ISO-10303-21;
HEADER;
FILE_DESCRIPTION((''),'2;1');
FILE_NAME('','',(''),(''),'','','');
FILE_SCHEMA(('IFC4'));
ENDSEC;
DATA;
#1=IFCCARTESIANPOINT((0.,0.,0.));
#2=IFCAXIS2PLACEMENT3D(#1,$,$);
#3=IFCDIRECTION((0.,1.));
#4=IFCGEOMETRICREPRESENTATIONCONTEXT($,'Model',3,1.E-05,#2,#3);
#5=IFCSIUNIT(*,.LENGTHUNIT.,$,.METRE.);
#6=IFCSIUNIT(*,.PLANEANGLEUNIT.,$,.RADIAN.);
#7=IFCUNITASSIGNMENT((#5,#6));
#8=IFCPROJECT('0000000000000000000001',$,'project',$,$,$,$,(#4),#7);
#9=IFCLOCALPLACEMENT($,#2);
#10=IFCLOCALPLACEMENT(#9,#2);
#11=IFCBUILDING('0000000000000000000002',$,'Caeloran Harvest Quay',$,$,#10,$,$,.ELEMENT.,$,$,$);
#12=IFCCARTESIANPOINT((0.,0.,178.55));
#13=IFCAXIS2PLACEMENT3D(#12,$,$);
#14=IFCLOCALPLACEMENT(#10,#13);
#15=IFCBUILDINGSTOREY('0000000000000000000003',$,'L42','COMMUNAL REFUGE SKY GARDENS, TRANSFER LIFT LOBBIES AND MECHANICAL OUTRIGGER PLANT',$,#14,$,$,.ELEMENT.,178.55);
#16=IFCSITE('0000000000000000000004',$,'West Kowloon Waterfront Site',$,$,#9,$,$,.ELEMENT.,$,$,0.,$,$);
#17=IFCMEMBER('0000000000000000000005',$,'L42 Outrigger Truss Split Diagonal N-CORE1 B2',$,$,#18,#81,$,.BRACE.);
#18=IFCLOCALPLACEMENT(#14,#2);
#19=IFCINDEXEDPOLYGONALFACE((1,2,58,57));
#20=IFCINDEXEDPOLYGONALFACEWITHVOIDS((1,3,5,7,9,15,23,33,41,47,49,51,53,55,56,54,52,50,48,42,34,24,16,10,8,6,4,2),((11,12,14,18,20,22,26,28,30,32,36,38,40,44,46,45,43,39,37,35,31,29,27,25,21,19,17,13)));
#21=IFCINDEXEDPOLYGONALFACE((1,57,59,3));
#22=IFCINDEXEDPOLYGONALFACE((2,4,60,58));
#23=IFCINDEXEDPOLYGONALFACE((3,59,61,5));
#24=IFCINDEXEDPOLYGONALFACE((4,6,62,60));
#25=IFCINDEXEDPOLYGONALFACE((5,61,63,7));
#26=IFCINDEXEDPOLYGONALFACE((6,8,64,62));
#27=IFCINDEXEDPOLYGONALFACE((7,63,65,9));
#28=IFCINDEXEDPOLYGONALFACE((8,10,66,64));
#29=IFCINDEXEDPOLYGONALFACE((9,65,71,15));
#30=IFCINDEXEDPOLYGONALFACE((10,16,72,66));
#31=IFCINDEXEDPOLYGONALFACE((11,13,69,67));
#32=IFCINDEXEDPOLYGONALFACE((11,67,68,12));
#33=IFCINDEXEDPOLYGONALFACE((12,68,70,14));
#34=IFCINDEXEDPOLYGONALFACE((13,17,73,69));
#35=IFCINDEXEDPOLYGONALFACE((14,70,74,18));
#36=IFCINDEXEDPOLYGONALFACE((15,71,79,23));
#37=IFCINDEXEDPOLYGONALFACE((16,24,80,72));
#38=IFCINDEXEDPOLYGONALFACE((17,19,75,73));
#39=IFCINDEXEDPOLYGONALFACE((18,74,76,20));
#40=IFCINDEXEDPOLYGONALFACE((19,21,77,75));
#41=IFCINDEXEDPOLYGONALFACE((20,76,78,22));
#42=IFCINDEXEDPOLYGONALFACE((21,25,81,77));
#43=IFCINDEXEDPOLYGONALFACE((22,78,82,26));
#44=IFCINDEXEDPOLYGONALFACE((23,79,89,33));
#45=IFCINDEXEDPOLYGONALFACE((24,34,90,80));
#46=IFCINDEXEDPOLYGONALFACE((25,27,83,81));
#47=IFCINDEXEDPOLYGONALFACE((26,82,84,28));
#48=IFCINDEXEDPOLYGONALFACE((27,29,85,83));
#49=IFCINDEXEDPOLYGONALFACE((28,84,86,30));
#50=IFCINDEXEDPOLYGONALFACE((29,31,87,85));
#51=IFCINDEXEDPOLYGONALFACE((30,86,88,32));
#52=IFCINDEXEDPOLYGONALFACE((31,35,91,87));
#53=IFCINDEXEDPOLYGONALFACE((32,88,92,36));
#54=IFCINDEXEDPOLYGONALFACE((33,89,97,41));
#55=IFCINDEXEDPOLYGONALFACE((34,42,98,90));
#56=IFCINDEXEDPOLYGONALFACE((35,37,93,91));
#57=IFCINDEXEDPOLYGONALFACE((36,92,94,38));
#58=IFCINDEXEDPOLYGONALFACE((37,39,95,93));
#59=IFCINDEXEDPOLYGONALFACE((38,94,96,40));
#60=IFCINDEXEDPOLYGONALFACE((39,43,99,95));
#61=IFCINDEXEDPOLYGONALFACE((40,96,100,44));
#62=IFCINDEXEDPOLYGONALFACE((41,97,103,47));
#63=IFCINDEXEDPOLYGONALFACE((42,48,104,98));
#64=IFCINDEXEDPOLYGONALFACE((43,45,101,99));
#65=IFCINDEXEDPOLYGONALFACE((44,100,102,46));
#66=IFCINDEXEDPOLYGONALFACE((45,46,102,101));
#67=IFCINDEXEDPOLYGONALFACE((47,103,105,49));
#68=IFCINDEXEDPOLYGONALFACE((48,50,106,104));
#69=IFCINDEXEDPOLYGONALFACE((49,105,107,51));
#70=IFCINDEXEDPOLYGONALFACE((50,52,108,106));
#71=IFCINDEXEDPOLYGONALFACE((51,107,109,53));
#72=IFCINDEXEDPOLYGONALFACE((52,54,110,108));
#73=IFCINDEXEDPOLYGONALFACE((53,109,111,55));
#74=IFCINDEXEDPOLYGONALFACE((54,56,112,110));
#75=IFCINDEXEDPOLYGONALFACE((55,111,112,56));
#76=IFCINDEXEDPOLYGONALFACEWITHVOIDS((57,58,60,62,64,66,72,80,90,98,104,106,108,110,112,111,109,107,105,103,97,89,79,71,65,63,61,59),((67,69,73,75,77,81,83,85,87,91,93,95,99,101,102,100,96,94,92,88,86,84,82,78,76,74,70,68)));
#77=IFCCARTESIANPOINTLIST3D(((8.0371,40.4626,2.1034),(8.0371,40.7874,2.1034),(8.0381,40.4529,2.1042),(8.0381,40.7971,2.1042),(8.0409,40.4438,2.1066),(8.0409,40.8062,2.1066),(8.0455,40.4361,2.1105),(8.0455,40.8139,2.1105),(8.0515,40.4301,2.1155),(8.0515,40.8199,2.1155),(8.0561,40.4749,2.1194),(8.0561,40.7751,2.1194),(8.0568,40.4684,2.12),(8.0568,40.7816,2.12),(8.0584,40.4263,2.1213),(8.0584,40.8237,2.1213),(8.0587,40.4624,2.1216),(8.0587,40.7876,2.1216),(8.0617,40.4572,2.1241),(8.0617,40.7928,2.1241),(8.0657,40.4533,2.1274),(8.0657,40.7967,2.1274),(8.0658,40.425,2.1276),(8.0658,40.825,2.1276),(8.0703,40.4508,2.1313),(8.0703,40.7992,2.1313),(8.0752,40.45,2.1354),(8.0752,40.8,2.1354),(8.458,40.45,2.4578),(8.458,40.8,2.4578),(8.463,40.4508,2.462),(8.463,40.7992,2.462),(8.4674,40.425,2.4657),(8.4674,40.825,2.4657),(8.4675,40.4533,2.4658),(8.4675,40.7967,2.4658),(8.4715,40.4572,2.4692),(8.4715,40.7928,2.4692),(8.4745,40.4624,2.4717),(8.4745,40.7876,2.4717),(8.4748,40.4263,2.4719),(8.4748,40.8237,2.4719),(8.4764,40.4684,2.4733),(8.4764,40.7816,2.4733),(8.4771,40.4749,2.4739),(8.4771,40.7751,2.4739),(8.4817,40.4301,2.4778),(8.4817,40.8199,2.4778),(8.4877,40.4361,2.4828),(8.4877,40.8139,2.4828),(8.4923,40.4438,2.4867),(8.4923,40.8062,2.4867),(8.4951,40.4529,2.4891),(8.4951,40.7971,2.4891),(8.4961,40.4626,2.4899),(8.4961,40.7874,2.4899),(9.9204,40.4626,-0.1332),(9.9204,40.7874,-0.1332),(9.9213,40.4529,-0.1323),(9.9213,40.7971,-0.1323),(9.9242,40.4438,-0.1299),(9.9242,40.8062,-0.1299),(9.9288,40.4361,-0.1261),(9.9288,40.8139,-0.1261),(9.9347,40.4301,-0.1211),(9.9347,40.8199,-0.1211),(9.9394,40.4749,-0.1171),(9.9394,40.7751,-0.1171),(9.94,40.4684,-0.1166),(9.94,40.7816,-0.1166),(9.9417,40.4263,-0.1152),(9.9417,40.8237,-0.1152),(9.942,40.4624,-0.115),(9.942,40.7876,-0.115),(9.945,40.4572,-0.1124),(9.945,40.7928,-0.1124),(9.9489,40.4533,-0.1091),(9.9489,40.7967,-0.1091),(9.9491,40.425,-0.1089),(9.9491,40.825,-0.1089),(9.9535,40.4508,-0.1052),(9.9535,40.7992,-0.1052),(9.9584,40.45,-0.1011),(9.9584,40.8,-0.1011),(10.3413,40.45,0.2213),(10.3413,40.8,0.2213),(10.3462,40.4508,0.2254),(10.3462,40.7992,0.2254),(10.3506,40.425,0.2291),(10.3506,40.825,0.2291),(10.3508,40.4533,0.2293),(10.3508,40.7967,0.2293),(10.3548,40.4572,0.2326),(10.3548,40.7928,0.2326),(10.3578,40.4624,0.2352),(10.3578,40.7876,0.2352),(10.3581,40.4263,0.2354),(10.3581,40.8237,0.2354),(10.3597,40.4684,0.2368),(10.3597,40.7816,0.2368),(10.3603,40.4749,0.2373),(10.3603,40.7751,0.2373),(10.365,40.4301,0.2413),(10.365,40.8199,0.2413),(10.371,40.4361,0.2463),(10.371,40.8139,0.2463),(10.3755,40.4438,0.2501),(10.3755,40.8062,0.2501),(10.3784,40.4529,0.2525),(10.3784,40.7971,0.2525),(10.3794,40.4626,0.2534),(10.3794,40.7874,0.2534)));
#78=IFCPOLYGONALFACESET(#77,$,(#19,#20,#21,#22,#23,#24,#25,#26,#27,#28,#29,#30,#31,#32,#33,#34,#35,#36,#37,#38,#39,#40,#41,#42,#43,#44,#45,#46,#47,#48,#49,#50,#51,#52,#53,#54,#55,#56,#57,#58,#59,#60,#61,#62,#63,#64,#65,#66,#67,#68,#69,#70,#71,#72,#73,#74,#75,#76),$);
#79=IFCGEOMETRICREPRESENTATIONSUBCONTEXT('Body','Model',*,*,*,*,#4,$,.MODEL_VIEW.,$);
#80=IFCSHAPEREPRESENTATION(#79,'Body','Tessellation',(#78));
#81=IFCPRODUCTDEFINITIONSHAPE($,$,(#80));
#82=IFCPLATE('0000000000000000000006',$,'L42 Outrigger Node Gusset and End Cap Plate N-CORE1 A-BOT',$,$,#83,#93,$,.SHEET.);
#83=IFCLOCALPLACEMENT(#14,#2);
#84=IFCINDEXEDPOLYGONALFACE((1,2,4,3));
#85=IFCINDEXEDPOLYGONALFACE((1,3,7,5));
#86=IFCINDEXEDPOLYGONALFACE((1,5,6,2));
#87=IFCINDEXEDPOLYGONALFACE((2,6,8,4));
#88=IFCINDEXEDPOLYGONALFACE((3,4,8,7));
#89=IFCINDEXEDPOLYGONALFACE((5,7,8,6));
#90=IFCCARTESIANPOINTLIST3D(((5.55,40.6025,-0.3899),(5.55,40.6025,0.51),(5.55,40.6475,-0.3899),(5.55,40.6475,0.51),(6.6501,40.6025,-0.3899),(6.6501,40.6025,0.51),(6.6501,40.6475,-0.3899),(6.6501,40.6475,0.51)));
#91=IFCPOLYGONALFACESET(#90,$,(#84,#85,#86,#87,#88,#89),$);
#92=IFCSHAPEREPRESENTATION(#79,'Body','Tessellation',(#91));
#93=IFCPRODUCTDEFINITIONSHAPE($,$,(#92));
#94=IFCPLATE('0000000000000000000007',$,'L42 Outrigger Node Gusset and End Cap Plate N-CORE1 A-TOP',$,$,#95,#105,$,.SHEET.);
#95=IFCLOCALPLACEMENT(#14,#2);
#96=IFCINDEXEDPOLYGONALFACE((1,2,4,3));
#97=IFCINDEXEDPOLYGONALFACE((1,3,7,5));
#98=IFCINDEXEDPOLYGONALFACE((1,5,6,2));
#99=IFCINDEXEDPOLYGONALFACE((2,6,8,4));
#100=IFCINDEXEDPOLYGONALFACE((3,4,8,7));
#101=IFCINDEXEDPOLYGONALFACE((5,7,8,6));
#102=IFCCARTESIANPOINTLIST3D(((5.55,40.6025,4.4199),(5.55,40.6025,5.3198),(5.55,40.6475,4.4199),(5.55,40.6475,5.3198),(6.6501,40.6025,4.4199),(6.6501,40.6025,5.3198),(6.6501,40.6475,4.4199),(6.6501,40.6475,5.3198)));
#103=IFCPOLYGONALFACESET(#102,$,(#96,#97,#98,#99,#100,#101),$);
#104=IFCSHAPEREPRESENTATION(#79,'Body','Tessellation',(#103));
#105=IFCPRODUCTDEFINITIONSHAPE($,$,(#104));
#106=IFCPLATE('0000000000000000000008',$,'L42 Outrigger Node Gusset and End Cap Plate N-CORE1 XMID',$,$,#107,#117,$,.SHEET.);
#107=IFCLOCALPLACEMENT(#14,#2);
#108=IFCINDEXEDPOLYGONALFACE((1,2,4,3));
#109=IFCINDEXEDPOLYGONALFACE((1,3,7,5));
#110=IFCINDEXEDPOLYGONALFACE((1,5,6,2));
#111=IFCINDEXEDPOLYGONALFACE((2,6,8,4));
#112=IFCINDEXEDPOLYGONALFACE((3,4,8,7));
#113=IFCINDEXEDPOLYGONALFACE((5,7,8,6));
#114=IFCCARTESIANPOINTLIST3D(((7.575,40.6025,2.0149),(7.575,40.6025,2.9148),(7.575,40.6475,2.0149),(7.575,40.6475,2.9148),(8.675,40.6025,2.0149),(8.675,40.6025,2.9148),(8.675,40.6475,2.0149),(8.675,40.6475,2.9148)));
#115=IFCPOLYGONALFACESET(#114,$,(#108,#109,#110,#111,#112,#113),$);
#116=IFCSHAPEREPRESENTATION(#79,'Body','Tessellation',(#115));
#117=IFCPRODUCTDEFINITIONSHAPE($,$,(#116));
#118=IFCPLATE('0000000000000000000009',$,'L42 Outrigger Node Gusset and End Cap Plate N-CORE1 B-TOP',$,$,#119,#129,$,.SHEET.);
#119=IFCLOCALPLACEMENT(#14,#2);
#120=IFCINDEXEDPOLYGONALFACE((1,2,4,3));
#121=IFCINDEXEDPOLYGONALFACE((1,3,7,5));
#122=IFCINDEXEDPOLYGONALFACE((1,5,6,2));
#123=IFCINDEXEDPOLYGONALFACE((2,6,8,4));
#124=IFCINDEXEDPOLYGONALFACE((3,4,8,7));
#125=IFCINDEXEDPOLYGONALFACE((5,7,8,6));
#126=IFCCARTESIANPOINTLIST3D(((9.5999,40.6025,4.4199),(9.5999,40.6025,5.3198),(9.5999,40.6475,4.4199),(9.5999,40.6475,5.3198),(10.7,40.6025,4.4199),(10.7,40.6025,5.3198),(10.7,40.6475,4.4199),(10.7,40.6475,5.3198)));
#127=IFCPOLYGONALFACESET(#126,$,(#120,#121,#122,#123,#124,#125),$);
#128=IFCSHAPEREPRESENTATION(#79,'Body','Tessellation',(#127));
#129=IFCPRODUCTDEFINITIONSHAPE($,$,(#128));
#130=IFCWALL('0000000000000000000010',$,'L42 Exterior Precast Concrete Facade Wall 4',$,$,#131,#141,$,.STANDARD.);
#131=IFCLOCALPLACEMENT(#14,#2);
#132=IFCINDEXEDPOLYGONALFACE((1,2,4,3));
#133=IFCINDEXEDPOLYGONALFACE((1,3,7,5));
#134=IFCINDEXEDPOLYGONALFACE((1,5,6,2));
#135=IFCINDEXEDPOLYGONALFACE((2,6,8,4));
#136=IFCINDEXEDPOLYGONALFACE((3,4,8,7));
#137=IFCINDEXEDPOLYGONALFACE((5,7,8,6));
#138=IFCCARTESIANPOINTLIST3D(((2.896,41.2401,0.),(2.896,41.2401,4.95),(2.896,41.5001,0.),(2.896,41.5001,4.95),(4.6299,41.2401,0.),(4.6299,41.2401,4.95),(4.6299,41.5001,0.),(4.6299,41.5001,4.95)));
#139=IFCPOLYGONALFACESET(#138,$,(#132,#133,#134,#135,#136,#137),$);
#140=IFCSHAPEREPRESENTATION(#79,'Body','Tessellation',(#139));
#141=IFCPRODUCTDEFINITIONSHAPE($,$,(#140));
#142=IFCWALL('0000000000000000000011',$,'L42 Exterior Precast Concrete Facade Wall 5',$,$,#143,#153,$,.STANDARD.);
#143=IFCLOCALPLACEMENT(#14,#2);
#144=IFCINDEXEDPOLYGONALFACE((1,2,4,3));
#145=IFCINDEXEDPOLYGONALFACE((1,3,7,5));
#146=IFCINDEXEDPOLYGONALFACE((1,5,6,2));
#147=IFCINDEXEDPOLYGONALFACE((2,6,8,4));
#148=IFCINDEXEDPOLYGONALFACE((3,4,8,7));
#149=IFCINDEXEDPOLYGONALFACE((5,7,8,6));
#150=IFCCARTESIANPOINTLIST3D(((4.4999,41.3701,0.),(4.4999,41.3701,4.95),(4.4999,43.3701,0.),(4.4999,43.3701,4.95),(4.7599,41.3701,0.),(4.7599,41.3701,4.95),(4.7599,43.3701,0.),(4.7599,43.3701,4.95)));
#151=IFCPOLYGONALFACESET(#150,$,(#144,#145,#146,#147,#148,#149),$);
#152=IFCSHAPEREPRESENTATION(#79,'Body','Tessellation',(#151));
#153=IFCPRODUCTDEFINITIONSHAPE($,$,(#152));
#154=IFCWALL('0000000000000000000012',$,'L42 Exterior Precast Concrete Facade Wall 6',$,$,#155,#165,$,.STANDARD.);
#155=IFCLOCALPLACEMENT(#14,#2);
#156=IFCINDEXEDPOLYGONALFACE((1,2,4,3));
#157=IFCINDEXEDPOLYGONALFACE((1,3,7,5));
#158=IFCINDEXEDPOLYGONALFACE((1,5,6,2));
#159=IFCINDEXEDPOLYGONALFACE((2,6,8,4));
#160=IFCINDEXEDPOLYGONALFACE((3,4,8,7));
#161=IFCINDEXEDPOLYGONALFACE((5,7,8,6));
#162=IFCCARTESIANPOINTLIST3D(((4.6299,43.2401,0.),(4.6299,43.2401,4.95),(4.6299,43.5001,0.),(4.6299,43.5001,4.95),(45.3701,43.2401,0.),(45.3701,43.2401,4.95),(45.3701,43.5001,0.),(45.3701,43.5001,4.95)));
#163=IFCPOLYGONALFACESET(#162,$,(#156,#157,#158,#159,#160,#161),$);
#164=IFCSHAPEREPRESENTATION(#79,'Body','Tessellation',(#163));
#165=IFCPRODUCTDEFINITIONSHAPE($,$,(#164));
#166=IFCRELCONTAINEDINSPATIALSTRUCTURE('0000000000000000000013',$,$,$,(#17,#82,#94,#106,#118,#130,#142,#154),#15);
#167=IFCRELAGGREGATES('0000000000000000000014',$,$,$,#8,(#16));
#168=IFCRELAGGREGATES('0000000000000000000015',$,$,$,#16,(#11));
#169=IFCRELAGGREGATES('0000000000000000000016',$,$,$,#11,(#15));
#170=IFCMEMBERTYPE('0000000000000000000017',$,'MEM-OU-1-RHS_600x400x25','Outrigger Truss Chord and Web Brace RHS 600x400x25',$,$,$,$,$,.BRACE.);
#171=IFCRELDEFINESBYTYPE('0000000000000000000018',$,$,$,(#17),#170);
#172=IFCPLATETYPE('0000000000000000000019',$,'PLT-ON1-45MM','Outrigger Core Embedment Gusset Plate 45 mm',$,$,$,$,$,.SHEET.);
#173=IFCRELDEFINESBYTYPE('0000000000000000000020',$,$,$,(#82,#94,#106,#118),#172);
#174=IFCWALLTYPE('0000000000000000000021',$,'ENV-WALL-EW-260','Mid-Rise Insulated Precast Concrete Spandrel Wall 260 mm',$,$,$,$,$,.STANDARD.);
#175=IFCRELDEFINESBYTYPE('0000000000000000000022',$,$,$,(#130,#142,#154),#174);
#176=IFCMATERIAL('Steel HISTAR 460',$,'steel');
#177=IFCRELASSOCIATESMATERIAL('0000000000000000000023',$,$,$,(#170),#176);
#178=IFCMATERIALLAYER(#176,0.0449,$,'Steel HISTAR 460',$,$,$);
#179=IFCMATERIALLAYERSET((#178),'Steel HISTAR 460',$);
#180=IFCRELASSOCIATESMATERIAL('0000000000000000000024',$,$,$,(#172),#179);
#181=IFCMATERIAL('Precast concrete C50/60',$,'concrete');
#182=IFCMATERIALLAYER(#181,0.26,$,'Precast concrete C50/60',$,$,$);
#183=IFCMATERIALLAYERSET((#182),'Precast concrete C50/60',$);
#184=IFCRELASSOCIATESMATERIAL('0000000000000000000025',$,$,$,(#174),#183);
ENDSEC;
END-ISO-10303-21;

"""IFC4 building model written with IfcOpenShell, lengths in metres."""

from ifc_helpers import new_model, si_unit, direction, frame, frame_2d, origin, origin_2d, place, context, subcontext, project, spatial, rectangle, hollow_rectangle, extrude, material, layer, layer_set, material_profile, profile_set, type_object, element, save


model = new_model("IFC4")

# Units and contexts
model_context = context("Model", 3, precision=1e-05, world=origin(), true_north=direction((0.0, 1.0)))
body_context = subcontext(model_context, "Body", "Model", "MODEL_VIEW")
ifc_project = project(units=[si_unit("LENGTHUNIT", "METRE"), si_unit("PLANEANGLEUNIT", "RADIAN")], contexts=[model_context])

# Site, building, storey
site_placement = place(None, origin())
site = spatial("IfcSite", under=ifc_project, at=site_placement, Name="West Kowloon Waterfront Site", CompositionType="ELEMENT", RefElevation=0.0)
building_placement = place(site_placement, origin())
building = spatial("IfcBuilding", under=site, at=building_placement, Name="Caeloran Harvest Quay", CompositionType="ELEMENT")
storey_placement = place(building_placement, frame((0.0, 0.0, 178.55)))
storey = spatial("IfcBuildingStorey", under=building, at=storey_placement, Name="L42", Description="COMMUNAL REFUGE SKY GARDENS, TRANSFER LIFT LOBBIES AND MECHANICAL OUTRIGGER PLANT", CompositionType="ELEMENT", Elevation=178.55)

# Member
ifc_material_1 = material(Name="Steel HISTAR 460", Category="steel")
ifc_material_profile_1 = material_profile(ifc_material_1, hollow_rectangle(XDim=0.3999, YDim=0.6001, WallThickness=0.0249, InnerFilletRadius=0.0249, OuterFilletRadius=0.0376, at=origin_2d()), Name="RHS 600x400x25")
ifc_profile_set_1 = profile_set([ifc_material_profile_1], Name="Steel HISTAR 460")
member_type = type_object("IfcMemberType", Name="MEM-OU-1-RHS_600x400x25", Description="Outrigger Truss Chord and Web Brace RHS 600x400x25", PredefinedType="BRACE", material=ifc_profile_set_1)
for number, where, z_axis, x_axis, name in (
    (1, (8.2666, 40.625, 2.2966), (0.64411, 0.0, -0.764933), (0.0, 1.0, 0.0), "L42 Outrigger Truss Split Diagonal N-CORE1 B2"),
):
    element("IfcMember", number, at=place(storey_placement, frame(where, z_axis=z_axis, x_axis=x_axis)), inside=storey, type_object=member_type, Name=name, PredefinedType="BRACE", context=body_context, shape_type="SweptSolid", body=[
        extrude(hollow_rectangle(XDim=0.3999, YDim=0.6001, WallThickness=0.0249, InnerFilletRadius=0.0249, OuterFilletRadius=0.0376, at=origin_2d()), origin(), (0.0, 0.0, 1.0), 2.9238),
    ])

# Plates
ifc_layer_1 = layer(ifc_material_1, 0.0449, Name="Steel HISTAR 460")
ifc_layer_set_1 = layer_set([ifc_layer_1], Name="Steel HISTAR 460")
plate_type = type_object("IfcPlateType", Name="PLT-ON1-45MM", Description="Outrigger Core Embedment Gusset Plate 45 mm", PredefinedType="SHEET", material=ifc_layer_set_1)
for number, where, z_axis, x_axis, name in (
    (2, (6.1001, 40.625, -0.3899), (0.0, 0.0, 1.0), (1.0, 0.0, 0.0), "L42 Outrigger Node Gusset and End Cap Plate N-CORE1 A-BOT"),
    (3, (6.1001, 40.625, 4.4199), (0.0, 0.0, 1.0), (1.0, 0.0, 0.0), "L42 Outrigger Node Gusset and End Cap Plate N-CORE1 A-TOP"),
    (4, (8.125, 40.625, 2.0149), (0.0, 0.0, 1.0), (1.0, 0.0, 0.0), "L42 Outrigger Node Gusset and End Cap Plate N-CORE1 XMID"),
    (5, (10.1499, 40.625, 4.4199), (0.0, 0.0, 1.0), (1.0, 0.0, 0.0), "L42 Outrigger Node Gusset and End Cap Plate N-CORE1 B-TOP"),
):
    element("IfcPlate", number, at=place(storey_placement, frame(where, z_axis=z_axis, x_axis=x_axis)), inside=storey, type_object=plate_type, Name=name, PredefinedType="SHEET", context=body_context, shape_type="SweptSolid", body=[
        extrude(rectangle(XDim=1.1001, YDim=0.0449, at=origin_2d()), origin(), (0.0, 0.0, 1.0), 0.8999),
    ])

# Walls
ifc_material_2 = material(Name="Precast concrete C50/60", Category="concrete")
ifc_layer_2 = layer(ifc_material_2, 0.26, Name="Precast concrete C50/60")
ifc_layer_set_2 = layer_set([ifc_layer_2], Name="Precast concrete C50/60")
wall_type_1 = type_object("IfcWallType", Name="ENV-WALL-EW-260", Description="Mid-Rise Insulated Precast Concrete Spandrel Wall 260 mm", PredefinedType="STANDARD", material=ifc_layer_set_2)
wall_1_placement = place(storey_placement, frame((2.896, 41.3701, 0.0), z_axis=(0.0, 0.0, 1.0), x_axis=(1.0, 0.0, 0.0)))
element("IfcWall", 6, at=wall_1_placement, inside=storey, type_object=wall_type_1, Name="L42 Exterior Precast Concrete Facade Wall 4", PredefinedType="STANDARD", context=body_context, shape_type="SweptSolid", body=[
    extrude(rectangle(XDim=1.7339, YDim=0.26, at=frame_2d((0.8669, 0.0))), origin(), (0.0, 0.0, 1.0), 4.95),
])
wall_2_placement = place(storey_placement, frame((4.6299, 41.3701, 0.0), z_axis=(0.0, 0.0, 1.0), x_axis=(0.0, 1.0, 0.0)))
element("IfcWall", 7, at=wall_2_placement, inside=storey, type_object=wall_type_1, Name="L42 Exterior Precast Concrete Facade Wall 5", PredefinedType="STANDARD", context=body_context, shape_type="SweptSolid", body=[
    extrude(rectangle(XDim=2.0, YDim=0.26, at=frame_2d((1.0, 0.0))), origin(), (0.0, 0.0, 1.0), 4.95),
])
wall_3_placement = place(storey_placement, frame((4.6299, 43.3701, 0.0), z_axis=(0.0, 0.0, 1.0), x_axis=(1.0, 0.0, 0.0)))
element("IfcWall", 8, at=wall_3_placement, inside=storey, type_object=wall_type_1, Name="L42 Exterior Precast Concrete Facade Wall 6", PredefinedType="STANDARD", context=body_context, shape_type="SweptSolid", body=[
    extrude(rectangle(XDim=40.7402, YDim=0.26, at=frame_2d((20.3701, 0.0))), origin(), (0.0, 0.0, 1.0), 4.95),
])

save(model, "model.ifc")
